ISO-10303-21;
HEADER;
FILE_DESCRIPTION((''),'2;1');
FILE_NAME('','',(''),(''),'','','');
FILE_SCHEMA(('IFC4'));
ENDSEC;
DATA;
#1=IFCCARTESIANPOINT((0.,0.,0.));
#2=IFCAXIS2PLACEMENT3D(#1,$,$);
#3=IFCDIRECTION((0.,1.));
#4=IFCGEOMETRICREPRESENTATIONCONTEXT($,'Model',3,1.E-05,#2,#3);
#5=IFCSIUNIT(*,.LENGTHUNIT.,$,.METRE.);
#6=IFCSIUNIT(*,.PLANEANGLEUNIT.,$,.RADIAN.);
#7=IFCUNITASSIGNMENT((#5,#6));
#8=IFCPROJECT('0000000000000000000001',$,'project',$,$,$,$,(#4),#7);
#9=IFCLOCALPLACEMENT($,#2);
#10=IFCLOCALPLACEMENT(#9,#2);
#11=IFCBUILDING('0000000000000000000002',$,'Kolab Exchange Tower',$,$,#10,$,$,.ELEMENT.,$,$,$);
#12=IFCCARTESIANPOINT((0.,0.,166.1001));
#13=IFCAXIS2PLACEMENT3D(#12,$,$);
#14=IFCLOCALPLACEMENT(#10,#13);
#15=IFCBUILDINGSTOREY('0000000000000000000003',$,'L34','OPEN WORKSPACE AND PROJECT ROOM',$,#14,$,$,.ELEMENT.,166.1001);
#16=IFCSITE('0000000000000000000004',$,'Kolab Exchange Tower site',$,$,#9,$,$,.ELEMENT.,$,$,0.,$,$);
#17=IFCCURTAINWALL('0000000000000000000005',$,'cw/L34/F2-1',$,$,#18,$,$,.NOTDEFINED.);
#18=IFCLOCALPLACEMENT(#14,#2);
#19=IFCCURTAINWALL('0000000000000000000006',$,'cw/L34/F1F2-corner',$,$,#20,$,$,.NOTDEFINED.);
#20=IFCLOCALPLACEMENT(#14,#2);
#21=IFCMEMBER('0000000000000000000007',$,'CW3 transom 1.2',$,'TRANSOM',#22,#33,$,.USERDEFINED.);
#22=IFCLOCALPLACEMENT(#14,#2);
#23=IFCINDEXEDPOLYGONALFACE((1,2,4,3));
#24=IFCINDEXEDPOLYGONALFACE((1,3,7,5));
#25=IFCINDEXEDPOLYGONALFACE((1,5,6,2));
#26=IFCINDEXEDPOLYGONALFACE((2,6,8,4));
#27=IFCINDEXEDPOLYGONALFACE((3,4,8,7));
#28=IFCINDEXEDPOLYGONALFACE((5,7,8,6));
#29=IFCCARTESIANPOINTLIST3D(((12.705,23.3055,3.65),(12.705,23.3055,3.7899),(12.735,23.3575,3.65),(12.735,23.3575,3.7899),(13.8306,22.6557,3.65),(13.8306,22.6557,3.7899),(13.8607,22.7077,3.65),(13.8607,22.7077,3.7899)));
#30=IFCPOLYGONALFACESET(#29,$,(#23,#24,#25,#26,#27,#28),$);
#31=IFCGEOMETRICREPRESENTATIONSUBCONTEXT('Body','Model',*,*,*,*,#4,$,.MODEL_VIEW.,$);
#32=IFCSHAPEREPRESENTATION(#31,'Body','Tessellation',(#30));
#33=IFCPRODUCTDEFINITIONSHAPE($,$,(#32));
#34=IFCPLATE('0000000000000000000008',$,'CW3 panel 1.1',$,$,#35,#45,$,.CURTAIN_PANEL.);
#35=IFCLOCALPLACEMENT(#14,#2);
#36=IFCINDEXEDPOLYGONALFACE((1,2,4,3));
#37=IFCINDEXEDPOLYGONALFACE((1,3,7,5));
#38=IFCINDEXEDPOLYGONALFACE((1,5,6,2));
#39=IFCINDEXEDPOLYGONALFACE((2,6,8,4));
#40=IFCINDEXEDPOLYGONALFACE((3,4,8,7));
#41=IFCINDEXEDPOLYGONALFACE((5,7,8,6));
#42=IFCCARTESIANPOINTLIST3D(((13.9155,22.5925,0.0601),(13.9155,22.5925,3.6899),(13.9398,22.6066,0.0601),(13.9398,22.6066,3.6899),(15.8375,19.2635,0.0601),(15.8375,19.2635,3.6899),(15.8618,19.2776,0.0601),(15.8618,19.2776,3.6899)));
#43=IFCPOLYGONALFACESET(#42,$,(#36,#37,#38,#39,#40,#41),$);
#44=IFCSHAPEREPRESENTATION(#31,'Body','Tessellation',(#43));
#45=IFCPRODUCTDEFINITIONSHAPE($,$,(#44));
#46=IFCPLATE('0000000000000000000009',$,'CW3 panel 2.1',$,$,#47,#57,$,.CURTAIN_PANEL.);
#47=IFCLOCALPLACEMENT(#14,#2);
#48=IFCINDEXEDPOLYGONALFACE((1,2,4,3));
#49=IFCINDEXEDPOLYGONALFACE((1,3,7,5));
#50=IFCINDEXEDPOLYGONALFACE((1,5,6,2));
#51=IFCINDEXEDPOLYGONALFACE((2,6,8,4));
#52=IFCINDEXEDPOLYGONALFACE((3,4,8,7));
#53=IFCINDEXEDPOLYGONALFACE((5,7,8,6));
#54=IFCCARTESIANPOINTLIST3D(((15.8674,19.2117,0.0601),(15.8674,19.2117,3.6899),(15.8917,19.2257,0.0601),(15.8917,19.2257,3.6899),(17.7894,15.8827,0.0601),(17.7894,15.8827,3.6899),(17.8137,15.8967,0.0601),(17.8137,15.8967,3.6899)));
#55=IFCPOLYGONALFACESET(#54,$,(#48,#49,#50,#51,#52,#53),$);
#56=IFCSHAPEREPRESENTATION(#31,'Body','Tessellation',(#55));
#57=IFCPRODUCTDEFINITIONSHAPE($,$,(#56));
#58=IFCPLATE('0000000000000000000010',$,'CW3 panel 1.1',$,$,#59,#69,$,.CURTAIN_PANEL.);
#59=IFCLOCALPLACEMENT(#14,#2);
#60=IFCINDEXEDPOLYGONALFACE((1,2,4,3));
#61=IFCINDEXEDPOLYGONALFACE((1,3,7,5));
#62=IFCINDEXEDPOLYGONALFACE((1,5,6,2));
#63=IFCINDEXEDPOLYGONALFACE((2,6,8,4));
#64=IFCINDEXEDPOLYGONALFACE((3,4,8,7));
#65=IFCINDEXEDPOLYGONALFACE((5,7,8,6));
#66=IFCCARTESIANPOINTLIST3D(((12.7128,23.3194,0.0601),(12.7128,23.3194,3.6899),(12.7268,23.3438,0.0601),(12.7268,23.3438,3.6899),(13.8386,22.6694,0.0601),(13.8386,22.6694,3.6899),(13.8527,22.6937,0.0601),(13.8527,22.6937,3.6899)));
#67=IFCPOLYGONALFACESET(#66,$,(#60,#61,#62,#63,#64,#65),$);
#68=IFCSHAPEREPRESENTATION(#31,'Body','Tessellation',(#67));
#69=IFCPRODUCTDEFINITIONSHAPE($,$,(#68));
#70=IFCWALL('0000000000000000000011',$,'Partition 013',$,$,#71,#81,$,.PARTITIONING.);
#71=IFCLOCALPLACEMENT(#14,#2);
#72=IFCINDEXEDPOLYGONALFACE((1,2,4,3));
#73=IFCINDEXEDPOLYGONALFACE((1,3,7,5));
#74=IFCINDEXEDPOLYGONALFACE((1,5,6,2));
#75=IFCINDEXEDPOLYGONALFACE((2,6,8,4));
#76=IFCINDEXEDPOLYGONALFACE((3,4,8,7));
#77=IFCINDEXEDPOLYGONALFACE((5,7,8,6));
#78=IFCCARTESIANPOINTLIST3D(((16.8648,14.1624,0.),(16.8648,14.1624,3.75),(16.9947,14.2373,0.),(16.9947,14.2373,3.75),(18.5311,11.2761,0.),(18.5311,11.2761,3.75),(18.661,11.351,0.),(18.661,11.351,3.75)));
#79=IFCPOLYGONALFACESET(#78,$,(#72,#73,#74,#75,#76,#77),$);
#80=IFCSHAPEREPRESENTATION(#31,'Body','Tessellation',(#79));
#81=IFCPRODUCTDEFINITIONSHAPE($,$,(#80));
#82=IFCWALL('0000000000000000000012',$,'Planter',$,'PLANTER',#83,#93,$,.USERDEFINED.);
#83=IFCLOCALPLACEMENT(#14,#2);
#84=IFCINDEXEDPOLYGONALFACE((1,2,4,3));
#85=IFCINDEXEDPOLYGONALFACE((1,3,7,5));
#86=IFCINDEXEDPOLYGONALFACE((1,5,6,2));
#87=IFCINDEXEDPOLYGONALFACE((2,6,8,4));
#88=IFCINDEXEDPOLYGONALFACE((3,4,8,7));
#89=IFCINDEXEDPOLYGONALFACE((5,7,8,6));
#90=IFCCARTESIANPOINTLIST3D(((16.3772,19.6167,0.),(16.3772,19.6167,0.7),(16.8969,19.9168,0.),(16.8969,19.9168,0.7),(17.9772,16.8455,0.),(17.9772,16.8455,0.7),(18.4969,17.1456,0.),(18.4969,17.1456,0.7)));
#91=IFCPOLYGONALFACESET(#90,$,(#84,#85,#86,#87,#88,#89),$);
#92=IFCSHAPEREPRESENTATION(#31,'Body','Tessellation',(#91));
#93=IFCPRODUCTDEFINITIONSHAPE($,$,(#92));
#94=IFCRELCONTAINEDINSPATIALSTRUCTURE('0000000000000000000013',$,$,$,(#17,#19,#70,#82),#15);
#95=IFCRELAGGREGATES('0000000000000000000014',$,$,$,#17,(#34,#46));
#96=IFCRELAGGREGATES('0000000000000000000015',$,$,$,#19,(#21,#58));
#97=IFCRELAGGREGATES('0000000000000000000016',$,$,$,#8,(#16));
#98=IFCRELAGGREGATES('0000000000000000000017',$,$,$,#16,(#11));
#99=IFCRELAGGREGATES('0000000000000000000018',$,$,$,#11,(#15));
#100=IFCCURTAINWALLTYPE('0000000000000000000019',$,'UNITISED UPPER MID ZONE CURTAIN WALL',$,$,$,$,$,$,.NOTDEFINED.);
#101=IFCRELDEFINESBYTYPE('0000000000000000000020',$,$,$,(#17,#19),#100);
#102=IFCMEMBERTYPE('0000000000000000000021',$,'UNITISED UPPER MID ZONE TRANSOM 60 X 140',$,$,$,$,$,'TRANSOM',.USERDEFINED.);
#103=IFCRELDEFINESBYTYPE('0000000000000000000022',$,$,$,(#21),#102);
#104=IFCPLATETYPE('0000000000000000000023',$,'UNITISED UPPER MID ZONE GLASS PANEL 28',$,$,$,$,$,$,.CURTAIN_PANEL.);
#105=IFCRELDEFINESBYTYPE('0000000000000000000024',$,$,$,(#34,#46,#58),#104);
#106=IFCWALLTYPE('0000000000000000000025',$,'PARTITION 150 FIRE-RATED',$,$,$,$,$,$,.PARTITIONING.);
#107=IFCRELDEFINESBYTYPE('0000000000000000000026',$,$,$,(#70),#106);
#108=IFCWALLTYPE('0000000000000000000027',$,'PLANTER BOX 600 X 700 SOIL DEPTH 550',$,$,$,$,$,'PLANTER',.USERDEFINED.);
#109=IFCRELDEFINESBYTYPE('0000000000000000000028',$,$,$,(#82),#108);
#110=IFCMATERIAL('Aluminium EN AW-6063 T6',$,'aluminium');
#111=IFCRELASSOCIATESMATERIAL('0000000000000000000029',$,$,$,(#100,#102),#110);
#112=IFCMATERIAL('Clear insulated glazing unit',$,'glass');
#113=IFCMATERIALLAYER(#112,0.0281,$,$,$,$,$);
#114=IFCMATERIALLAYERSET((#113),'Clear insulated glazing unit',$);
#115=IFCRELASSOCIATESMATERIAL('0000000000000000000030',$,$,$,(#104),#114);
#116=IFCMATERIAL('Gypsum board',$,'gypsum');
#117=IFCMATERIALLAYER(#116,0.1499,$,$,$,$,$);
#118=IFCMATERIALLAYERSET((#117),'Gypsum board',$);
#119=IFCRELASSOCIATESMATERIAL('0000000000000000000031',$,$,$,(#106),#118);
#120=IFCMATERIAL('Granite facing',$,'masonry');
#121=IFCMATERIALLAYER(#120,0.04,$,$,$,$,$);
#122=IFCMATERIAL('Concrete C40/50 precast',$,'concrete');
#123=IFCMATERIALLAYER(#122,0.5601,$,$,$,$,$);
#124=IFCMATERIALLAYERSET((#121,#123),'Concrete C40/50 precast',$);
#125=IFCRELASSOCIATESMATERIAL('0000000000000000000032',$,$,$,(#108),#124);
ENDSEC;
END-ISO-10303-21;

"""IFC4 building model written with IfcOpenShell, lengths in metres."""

from ifc_helpers import new_model, si_unit, direction, frame, frame_2d, origin, origin_2d, place, context, subcontext, project, spatial, rectangle, extrude, material, layer, layer_set, material_profile, profile_set, type_object, element, aggregate, save


model = new_model("IFC4")

# Units and contexts
model_context = context("Model", 3, precision=1e-05, world=origin(), true_north=direction((0.0, 1.0)))
body_context = subcontext(model_context, "Body", "Model", "MODEL_VIEW")
ifc_project = project(units=[si_unit("LENGTHUNIT", "METRE"), si_unit("PLANEANGLEUNIT", "RADIAN")], contexts=[model_context])

# Site, building, storey
site_placement = place(None, origin())
site = spatial("IfcSite", under=ifc_project, at=site_placement, Name="Kolab Exchange Tower site", CompositionType="ELEMENT", RefElevation=0.0)
building_placement = place(site_placement, origin())
building = spatial("IfcBuilding", under=site, at=building_placement, Name="Kolab Exchange Tower", CompositionType="ELEMENT")
storey_placement = place(building_placement, frame((0.0, 0.0, 166.1001)))
storey = spatial("IfcBuildingStorey", under=building, at=storey_placement, Name="L34", Description="OPEN WORKSPACE AND PROJECT ROOM", CompositionType="ELEMENT", Elevation=166.1001)

# Curtain wall
ifc_material_1 = material(Name="Aluminium EN AW-6063 T6", Category="aluminium")
curtain_wall_type = type_object("IfcCurtainWallType", Name="UNITISED UPPER MID ZONE CURTAIN WALL", PredefinedType="NOTDEFINED", material=ifc_material_1)
curtain_wall_1_placement = place(storey_placement, origin())
curtain_wall_1 = element("IfcCurtainWall", 1, at=curtain_wall_1_placement, inside=storey, type_object=curtain_wall_type, Name="cw/L34/F2-1", PredefinedType="NOTDEFINED")

# Curtain wall
curtain_wall_2_placement = place(storey_placement, origin())
curtain_wall_2 = element("IfcCurtainWall", 2, at=curtain_wall_2_placement, inside=storey, type_object=curtain_wall_type, Name="cw/L34/F1F2-corner", PredefinedType="NOTDEFINED")

# Member
ifc_material_profile_1 = material_profile(ifc_material_1, rectangle(XDim=0.0601, YDim=0.1399, at=origin_2d()), Name="RECT 60X140")
ifc_profile_set_1 = profile_set([ifc_material_profile_1], Name="Aluminium EN AW-6063 T6")
member_type_1 = type_object("IfcMemberType", Name="UNITISED UPPER MID ZONE TRANSOM 60 X 140", ElementType="TRANSOM", PredefinedType="USERDEFINED", material=ifc_profile_set_1)
member_1_placement = place(storey_placement, frame((12.72, 23.3315, 3.72), z_axis=(0.866039, -0.499977, 0.0), x_axis=(0.499977, 0.866039, 0.0)))
member_1 = element("IfcMember", 3, at=member_1_placement, type_object=member_type_1, Name="CW3 transom 1.2", ObjectType="TRANSOM", PredefinedType="USERDEFINED", context=body_context, shape_type="SweptSolid", body=[
    extrude(rectangle(XDim=0.0601, YDim=0.1399, at=origin_2d()), origin(), (0.0, 0.0, 1.0), 1.2998),
])

# Plates
ifc_material_2 = material(Name="Clear insulated glazing unit", Category="glass")
ifc_layer_1 = layer(ifc_material_2, 0.0281)
ifc_layer_set_1 = layer_set([ifc_layer_1], Name="Clear insulated glazing unit")
plate_type = type_object("IfcPlateType", Name="UNITISED UPPER MID ZONE GLASS PANEL 28", PredefinedType="CURTAIN_PANEL", material=ifc_layer_set_1)
plate_1_placement = place(storey_placement, frame((14.8887, 20.9351, 0.0601), z_axis=(0.0, 0.0, 1.0), x_axis=(0.5, -0.866025, 0.0)))
plate_1 = element("IfcPlate", 4, at=plate_1_placement, type_object=plate_type, Name="CW3 panel 1.1", PredefinedType="CURTAIN_PANEL", context=body_context, shape_type="SweptSolid", body=[
    extrude(rectangle(XDim=3.844, YDim=0.0281, at=origin_2d()), origin(), (0.0, 0.0, 1.0), 3.6299),
])
plate_2_placement = place(storey_placement, frame((16.8406, 17.5542, 0.0601), z_axis=(0.0, 0.0, 1.0), x_axis=(0.5, -0.866025, 0.0)))
plate_2 = element("IfcPlate", 5, at=plate_2_placement, type_object=plate_type, Name="CW3 panel 2.1", PredefinedType="CURTAIN_PANEL", context=body_context, shape_type="SweptSolid", body=[
    extrude(rectangle(XDim=3.844, YDim=0.0281, at=origin_2d()), origin(), (0.0, 0.0, 1.0), 3.6299),
])
aggregate(curtain_wall_1, [plate_1, plate_2])
plate_3_placement = place(storey_placement, frame((13.2827, 23.0066, 0.0601), z_axis=(0.0, 0.0, 1.0), x_axis=(0.866025, -0.5, 0.0)))
plate_3 = element("IfcPlate", 6, at=plate_3_placement, type_object=plate_type, Name="CW3 panel 1.1", PredefinedType="CURTAIN_PANEL", context=body_context, shape_type="SweptSolid", body=[
    extrude(rectangle(XDim=1.3, YDim=0.0281, at=origin_2d()), origin(), (0.0, 0.0, 1.0), 3.6299),
])
aggregate(curtain_wall_2, [member_1, plate_3])

# Walls
ifc_material_3 = material(Name="Gypsum board", Category="gypsum")
ifc_layer_2 = layer(ifc_material_3, 0.1499)
ifc_layer_set_2 = layer_set([ifc_layer_2], Name="Gypsum board")
wall_type_1 = type_object("IfcWallType", Name="PARTITION 150 FIRE-RATED", PredefinedType="PARTITIONING", material=ifc_layer_set_2)
wall_1_placement = place(storey_placement, frame((16.9297, 14.2, 0.0), z_axis=(0.0, 0.0, 1.0), x_axis=(0.499976, -0.866039, 0.0)))
element("IfcWall", 7, at=wall_1_placement, inside=storey, type_object=wall_type_1, Name="Partition 013", PredefinedType="PARTITIONING", context=body_context, shape_type="SweptSolid", body=[
    extrude(rectangle(XDim=3.3328, YDim=0.1499, at=frame_2d((1.6665, 0.0))), origin(), (0.0, 0.0, 1.0), 3.75),
])
ifc_material_4 = material(Name="Granite facing", Category="masonry")
ifc_layer_3 = layer(ifc_material_4, 0.04)
ifc_material_5 = material(Name="Concrete C40/50 precast", Category="concrete")
ifc_layer_4 = layer(ifc_material_5, 0.5601)
ifc_layer_set_3 = layer_set([ifc_layer_3, ifc_layer_4], Name="Concrete C40/50 precast")
wall_type_2 = type_object("IfcWallType", Name="PLANTER BOX 600 X 700 SOIL DEPTH 550", ElementType="PLANTER", PredefinedType="USERDEFINED", material=ifc_layer_set_3)
wall_2_placement = place(storey_placement, frame((16.637, 19.7668, 0.0), z_axis=(0.0, 0.0, 1.0), x_axis=(0.500028, -0.866009, 0.0)))
element("IfcWall", 8, at=wall_2_placement, inside=storey, type_object=wall_type_2, Name="Planter", ObjectType="PLANTER", PredefinedType="USERDEFINED", context=body_context, shape_type="SweptSolid", body=[
    extrude(rectangle(XDim=3.2, YDim=0.6001, at=frame_2d((1.6001, 0.0))), origin(), (0.0, 0.0, 1.0), 0.7),
])

save(model, "model.ifc")
